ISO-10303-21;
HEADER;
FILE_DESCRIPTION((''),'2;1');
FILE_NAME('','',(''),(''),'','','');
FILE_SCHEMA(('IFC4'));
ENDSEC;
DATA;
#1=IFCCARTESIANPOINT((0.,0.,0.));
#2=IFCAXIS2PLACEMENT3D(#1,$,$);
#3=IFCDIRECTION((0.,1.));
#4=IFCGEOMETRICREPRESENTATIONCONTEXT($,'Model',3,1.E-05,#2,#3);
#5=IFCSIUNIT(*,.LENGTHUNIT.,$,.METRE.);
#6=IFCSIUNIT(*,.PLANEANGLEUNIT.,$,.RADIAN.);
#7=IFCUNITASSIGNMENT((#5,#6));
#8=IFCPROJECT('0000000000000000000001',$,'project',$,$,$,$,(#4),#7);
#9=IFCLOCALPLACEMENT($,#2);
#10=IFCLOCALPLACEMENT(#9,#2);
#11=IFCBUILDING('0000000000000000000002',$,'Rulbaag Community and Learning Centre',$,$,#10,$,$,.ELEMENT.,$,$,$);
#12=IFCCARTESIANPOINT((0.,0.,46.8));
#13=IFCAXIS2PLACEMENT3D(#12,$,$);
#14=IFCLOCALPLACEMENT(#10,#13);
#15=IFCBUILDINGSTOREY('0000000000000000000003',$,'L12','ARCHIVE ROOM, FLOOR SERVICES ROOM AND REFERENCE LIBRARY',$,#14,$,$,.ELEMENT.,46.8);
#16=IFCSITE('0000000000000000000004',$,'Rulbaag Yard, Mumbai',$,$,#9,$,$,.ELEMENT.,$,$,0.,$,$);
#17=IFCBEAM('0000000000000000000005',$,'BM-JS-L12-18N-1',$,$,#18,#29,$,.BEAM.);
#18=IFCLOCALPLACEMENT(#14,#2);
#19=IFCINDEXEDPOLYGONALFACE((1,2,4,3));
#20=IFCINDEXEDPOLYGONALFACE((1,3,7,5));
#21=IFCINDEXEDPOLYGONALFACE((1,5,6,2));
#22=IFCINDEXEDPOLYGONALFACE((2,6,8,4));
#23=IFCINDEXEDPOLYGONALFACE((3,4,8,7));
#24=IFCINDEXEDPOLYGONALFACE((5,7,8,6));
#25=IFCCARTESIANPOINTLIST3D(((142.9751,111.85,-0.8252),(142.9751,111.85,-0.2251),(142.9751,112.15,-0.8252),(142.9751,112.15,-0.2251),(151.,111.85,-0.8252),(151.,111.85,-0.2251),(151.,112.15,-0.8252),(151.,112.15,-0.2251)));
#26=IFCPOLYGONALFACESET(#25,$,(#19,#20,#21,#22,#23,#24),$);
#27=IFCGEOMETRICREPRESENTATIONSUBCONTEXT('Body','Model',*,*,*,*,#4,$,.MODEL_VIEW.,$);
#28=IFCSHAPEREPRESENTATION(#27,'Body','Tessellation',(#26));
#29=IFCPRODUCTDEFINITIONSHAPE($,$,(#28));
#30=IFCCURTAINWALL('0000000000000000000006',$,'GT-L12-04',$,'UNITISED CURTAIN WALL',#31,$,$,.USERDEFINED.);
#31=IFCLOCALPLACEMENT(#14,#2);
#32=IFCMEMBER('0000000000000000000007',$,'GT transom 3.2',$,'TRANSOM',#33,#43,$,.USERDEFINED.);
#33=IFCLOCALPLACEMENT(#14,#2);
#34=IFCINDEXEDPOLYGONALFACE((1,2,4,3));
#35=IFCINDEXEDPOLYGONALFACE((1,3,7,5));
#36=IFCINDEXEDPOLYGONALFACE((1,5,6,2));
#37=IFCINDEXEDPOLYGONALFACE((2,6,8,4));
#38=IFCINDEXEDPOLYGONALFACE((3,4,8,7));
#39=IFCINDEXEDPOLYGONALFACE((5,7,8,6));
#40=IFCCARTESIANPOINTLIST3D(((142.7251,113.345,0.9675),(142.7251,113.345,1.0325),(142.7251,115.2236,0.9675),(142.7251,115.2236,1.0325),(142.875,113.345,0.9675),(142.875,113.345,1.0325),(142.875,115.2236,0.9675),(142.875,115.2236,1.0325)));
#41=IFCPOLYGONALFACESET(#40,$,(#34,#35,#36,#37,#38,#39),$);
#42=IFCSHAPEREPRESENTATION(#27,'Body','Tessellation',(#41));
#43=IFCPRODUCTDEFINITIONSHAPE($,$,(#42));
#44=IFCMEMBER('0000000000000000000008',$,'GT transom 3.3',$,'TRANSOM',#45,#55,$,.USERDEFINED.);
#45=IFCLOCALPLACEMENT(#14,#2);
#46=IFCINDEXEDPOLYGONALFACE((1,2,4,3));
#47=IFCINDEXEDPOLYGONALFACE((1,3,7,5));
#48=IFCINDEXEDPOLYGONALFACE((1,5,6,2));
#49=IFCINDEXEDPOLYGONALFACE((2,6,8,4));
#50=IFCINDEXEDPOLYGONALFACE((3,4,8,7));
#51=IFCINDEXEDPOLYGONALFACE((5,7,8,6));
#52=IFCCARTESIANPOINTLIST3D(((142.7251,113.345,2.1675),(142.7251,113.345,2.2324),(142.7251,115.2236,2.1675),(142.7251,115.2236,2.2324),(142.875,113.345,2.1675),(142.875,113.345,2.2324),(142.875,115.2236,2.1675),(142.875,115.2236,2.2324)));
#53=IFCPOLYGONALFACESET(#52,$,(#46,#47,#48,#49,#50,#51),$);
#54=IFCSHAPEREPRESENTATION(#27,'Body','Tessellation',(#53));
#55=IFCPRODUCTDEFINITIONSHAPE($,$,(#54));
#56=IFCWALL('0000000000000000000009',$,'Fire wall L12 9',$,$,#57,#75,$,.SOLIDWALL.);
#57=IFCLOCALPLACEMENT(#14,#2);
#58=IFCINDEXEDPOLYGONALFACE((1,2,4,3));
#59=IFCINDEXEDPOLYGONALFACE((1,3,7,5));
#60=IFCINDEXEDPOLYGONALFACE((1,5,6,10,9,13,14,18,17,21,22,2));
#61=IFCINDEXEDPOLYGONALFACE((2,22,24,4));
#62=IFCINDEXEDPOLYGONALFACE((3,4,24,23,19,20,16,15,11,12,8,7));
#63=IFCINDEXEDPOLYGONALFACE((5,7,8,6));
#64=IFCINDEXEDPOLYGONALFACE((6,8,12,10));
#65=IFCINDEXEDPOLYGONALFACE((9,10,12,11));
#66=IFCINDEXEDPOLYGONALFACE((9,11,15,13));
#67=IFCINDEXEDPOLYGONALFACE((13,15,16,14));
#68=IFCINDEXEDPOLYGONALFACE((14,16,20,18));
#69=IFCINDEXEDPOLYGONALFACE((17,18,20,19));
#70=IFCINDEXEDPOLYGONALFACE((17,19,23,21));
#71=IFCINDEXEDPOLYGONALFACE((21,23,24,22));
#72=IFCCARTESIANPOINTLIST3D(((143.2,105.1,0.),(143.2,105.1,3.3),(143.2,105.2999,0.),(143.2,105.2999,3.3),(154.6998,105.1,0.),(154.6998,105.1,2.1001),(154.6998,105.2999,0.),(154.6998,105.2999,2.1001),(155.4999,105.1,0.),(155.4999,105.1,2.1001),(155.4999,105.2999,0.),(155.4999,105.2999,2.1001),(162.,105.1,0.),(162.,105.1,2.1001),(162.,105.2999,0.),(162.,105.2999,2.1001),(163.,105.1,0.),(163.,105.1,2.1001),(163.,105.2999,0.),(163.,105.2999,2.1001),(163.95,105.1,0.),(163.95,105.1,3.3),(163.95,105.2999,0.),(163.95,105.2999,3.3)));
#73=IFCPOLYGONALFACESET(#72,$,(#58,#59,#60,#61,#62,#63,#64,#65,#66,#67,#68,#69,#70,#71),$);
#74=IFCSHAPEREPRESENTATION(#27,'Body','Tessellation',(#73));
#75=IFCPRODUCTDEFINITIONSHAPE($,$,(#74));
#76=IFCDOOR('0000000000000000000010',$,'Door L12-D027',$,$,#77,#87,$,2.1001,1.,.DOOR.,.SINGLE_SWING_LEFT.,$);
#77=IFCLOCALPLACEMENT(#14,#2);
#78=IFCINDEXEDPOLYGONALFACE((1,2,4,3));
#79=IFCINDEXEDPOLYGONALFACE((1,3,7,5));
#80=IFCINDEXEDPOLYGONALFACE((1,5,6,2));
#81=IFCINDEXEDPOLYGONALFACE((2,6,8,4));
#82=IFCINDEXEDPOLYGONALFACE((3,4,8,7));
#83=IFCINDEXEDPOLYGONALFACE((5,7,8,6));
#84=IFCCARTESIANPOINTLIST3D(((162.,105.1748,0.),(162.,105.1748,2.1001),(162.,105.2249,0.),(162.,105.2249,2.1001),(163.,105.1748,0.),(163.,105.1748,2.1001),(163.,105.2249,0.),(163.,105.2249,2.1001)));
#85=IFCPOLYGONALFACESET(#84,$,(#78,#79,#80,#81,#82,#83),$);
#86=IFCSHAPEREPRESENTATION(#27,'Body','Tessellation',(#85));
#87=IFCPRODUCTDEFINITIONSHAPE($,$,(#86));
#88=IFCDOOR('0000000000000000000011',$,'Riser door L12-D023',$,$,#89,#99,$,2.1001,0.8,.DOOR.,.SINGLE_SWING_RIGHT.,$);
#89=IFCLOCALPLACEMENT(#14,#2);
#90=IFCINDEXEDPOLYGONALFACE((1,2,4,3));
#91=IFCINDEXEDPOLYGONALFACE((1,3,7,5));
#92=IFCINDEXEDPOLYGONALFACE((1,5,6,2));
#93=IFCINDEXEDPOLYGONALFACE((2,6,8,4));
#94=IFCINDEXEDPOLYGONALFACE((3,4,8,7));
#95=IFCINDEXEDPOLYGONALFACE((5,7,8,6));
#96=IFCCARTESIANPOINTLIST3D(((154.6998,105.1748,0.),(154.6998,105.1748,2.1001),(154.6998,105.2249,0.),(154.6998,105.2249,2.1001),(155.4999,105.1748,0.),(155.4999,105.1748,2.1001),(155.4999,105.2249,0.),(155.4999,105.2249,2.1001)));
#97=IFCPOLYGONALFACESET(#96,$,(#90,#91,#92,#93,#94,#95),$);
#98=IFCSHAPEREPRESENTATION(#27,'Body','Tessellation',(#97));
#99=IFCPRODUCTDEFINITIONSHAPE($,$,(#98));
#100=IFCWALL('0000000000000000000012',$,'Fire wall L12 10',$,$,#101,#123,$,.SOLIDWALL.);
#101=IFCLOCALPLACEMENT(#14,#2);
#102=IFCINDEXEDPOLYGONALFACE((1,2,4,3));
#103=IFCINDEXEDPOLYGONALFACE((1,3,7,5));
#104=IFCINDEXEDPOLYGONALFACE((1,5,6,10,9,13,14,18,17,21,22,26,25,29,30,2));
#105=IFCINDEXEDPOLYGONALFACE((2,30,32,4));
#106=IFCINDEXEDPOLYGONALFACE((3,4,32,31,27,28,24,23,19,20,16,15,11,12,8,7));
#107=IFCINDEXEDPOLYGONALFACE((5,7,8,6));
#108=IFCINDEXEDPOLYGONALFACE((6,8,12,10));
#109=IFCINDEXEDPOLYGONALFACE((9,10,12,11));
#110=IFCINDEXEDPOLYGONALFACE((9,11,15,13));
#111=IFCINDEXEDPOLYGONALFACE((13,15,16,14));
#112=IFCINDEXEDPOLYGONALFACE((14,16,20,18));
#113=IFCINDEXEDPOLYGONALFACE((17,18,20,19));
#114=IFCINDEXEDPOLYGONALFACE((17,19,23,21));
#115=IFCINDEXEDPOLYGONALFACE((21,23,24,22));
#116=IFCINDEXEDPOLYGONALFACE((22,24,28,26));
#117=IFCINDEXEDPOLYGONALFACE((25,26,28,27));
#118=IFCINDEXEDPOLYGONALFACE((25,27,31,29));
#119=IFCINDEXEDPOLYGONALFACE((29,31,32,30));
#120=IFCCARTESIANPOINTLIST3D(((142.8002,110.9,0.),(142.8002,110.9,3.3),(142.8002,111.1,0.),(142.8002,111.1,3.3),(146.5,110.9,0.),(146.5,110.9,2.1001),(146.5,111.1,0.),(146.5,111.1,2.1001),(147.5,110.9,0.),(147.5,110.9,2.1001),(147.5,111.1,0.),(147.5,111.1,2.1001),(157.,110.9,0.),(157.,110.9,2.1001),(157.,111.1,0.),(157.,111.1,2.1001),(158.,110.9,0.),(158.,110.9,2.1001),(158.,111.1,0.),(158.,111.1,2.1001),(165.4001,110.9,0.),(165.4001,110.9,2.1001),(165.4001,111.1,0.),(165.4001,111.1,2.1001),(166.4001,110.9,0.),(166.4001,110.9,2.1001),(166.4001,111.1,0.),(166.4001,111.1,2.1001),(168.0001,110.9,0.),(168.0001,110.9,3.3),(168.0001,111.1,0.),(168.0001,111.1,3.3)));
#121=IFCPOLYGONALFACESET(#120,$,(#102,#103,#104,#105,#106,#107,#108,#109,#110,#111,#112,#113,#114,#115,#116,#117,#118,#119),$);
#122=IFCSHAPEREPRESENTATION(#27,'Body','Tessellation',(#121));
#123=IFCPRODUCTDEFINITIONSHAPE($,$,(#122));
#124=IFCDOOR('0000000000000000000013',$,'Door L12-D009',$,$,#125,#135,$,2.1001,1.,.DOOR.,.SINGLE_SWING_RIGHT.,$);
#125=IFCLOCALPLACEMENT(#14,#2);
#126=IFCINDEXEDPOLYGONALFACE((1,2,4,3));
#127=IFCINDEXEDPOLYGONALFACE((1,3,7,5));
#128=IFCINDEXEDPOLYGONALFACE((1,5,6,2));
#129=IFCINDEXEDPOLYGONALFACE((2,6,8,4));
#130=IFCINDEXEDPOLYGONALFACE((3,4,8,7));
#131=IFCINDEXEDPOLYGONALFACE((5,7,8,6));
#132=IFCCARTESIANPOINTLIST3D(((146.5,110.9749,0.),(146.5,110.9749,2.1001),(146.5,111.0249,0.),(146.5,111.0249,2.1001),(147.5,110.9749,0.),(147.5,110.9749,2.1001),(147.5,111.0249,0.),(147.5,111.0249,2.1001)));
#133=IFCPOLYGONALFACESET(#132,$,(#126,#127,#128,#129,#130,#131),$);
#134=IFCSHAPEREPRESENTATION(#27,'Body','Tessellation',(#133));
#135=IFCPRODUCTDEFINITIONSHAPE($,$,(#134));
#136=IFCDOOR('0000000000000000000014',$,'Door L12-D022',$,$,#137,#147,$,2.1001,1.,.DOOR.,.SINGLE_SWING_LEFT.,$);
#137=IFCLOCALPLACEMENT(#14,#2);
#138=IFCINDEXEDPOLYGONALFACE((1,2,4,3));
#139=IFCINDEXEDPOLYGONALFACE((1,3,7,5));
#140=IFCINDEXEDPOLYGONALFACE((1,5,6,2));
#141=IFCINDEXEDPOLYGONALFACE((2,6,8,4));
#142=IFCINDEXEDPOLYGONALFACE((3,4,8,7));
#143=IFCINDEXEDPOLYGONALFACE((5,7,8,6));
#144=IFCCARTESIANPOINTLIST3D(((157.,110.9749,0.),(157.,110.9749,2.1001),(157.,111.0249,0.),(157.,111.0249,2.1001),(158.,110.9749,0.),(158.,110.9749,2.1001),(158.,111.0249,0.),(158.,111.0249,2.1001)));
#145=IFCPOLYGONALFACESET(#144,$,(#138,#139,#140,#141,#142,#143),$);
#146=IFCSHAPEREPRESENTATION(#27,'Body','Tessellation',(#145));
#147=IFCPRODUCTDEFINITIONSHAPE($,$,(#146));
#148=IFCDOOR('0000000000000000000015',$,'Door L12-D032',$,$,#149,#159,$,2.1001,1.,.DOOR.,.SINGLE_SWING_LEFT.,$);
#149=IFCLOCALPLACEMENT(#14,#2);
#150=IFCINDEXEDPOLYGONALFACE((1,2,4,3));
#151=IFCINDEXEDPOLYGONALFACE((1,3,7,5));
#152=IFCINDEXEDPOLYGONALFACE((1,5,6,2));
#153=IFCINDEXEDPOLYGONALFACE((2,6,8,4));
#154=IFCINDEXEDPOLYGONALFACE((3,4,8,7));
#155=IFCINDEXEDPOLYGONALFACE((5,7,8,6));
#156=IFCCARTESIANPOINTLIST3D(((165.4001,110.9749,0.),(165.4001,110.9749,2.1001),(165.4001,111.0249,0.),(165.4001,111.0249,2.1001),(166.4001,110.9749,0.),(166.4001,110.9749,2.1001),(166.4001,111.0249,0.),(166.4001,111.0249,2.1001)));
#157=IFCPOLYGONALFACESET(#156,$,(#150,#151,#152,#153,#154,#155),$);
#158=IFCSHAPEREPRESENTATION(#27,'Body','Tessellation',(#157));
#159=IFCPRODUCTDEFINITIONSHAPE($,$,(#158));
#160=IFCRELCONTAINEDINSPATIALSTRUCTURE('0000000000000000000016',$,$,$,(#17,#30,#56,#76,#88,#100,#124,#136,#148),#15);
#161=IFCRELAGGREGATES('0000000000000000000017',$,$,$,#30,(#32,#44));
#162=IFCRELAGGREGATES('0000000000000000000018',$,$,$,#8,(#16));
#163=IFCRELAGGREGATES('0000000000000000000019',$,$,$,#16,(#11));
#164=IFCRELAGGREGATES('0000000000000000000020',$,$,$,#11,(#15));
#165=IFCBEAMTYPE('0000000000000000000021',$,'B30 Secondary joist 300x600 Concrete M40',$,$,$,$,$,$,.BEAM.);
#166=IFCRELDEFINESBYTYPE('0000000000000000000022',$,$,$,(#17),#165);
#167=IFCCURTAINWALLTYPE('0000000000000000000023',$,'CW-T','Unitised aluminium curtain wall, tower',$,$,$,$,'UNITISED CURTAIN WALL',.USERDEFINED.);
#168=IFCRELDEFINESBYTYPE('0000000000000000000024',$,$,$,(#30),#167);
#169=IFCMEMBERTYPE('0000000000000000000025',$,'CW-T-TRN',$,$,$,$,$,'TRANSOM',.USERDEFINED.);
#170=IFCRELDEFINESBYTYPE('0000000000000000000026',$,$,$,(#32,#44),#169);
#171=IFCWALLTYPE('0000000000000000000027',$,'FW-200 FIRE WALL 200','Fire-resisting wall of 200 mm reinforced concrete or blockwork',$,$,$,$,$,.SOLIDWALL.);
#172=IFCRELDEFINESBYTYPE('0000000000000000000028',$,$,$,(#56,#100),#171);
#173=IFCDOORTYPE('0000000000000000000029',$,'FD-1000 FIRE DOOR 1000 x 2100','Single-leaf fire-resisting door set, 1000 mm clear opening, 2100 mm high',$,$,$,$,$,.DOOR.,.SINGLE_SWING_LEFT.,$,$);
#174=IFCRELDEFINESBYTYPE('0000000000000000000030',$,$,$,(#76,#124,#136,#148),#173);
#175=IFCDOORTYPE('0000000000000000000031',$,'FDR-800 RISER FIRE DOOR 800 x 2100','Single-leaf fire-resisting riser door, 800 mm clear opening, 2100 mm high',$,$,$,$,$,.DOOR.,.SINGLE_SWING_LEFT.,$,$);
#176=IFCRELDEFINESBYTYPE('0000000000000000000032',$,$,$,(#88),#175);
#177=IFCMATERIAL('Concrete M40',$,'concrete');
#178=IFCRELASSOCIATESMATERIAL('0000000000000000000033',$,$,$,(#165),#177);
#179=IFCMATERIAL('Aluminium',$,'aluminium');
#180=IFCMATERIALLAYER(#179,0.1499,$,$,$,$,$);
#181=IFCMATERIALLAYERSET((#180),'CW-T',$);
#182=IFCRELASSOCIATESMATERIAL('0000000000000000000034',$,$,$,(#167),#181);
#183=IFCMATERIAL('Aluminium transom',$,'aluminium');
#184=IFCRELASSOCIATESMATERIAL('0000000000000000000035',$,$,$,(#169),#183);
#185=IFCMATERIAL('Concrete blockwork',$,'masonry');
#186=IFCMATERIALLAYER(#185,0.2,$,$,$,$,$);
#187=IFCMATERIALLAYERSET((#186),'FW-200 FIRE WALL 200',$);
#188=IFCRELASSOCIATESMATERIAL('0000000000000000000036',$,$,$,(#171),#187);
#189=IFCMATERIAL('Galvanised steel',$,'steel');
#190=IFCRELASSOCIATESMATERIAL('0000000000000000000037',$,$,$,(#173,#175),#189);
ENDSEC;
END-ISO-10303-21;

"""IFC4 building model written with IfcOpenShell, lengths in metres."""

from ifc_helpers import new_model, si_unit, direction, frame, frame_2d, origin, origin_2d, place, context, subcontext, project, spatial, rectangle, extrude, material, layer, layer_set, material_profile, profile_set, type_object, element, fill, aggregate, save


model = new_model("IFC4")

# Units and contexts
model_context = context("Model", 3, precision=1e-05, world=origin(), true_north=direction((0.0, 1.0)))
body_context = subcontext(model_context, "Body", "Model", "MODEL_VIEW")
ifc_project = project(units=[si_unit("LENGTHUNIT", "METRE"), si_unit("PLANEANGLEUNIT", "RADIAN")], contexts=[model_context])

# Site, building, storey
site_placement = place(None, origin())
site = spatial("IfcSite", under=ifc_project, at=site_placement, Name="Rulbaag Yard, Mumbai", CompositionType="ELEMENT", RefElevation=0.0)
building_placement = place(site_placement, origin())
building = spatial("IfcBuilding", under=site, at=building_placement, Name="Rulbaag Community and Learning Centre", CompositionType="ELEMENT")
storey_placement = place(building_placement, frame((0.0, 0.0, 46.8)))
storey = spatial("IfcBuildingStorey", under=building, at=storey_placement, Name="L12", Description="ARCHIVE ROOM, FLOOR SERVICES ROOM AND REFERENCE LIBRARY", CompositionType="ELEMENT", Elevation=46.8)

# Beam
ifc_material_1 = material(Name="Concrete M40", Category="concrete")
ifc_material_profile_1 = material_profile(ifc_material_1, rectangle(XDim=0.3, YDim=0.6001, at=origin_2d()), Name="RB300x600")
ifc_profile_set_1 = profile_set([ifc_material_profile_1], Name="Concrete M40")
beam_type = type_object("IfcBeamType", Name="B30 Secondary joist 300x600 Concrete M40", PredefinedType="BEAM", material=ifc_profile_set_1)
beam_placement = place(storey_placement, frame((142.9751, 112.0, -0.5251), z_axis=(1.0, 0.0, 0.0), x_axis=(0.0, 1.0, 0.0)))
element("IfcBeam", 1, at=beam_placement, inside=storey, type_object=beam_type, Name="BM-JS-L12-18N-1", PredefinedType="BEAM", context=body_context, shape_type="SweptSolid", body=[
    extrude(rectangle(XDim=0.3, YDim=0.6001, at=origin_2d()), origin(), (0.0, 0.0, 1.0), 8.0249),
])

# Curtain wall, members
ifc_material_2 = material(Name="Aluminium", Category="aluminium")
ifc_layer_1 = layer(ifc_material_2, 0.1499)
ifc_layer_set_1 = layer_set([ifc_layer_1], Name="CW-T")
curtain_wall_type = type_object("IfcCurtainWallType", Name="CW-T", Description="Unitised aluminium curtain wall, tower", ElementType="UNITISED CURTAIN WALL", PredefinedType="USERDEFINED", material=ifc_layer_set_1)
curtain_wall_placement = place(storey_placement, origin())
curtain_wall = element("IfcCurtainWall", 2, at=curtain_wall_placement, inside=storey, type_object=curtain_wall_type, Name="GT-L12-04", ObjectType="UNITISED CURTAIN WALL", PredefinedType="USERDEFINED")
ifc_material_3 = material(Name="Aluminium transom", Category="aluminium")
ifc_material_profile_2 = material_profile(ifc_material_3, rectangle(XDim=0.1499, YDim=0.0649, at=origin_2d()), Name="AL 65x150 T")
ifc_profile_set_2 = profile_set([ifc_material_profile_2], Name="Aluminium transom")
member_type = type_object("IfcMemberType", Name="CW-T-TRN", ElementType="TRANSOM", PredefinedType="USERDEFINED", material=ifc_profile_set_2)
member_1_placement = place(storey_placement, frame((142.8, 113.345, 1.0), z_axis=(0.0, 1.0, 0.0), x_axis=(-1.0, 0.0, 0.0)))
member_1 = element("IfcMember", 3, at=member_1_placement, type_object=member_type, Name="GT transom 3.2", ObjectType="TRANSOM", PredefinedType="USERDEFINED", context=body_context, shape_type="SweptSolid", body=[
    extrude(rectangle(XDim=0.1499, YDim=0.0649, at=origin_2d()), origin(), (0.0, 0.0, 1.0), 1.8787),
])
member_2_placement = place(storey_placement, frame((142.8, 113.345, 2.2), z_axis=(0.0, 1.0, 0.0), x_axis=(-1.0, 0.0, 0.0)))
member_2 = element("IfcMember", 4, at=member_2_placement, type_object=member_type, Name="GT transom 3.3", ObjectType="TRANSOM", PredefinedType="USERDEFINED", context=body_context, shape_type="SweptSolid", body=[
    extrude(rectangle(XDim=0.1499, YDim=0.0649, at=origin_2d()), origin(), (0.0, 0.0, 1.0), 1.8787),
])
aggregate(curtain_wall, [member_1, member_2])

# Walls, openings, doors
ifc_material_4 = material(Name="Concrete blockwork", Category="masonry")
ifc_layer_2 = layer(ifc_material_4, 0.2)
ifc_layer_set_2 = layer_set([ifc_layer_2], Name="FW-200 FIRE WALL 200")
wall_type_1 = type_object("IfcWallType", Name="FW-200 FIRE WALL 200", Description="Fire-resisting wall of 200 mm reinforced concrete or blockwork", PredefinedType="SOLIDWALL", material=ifc_layer_set_2)
wall_1_placement = place(storey_placement, frame((143.2, 105.2, 0.0), z_axis=(0.0, 0.0, 1.0), x_axis=(1.0, 0.0, 0.0)))
wall_1 = element("IfcWall", 5, at=wall_1_placement, inside=storey, type_object=wall_type_1, Name="Fire wall L12 9", PredefinedType="SOLIDWALL", context=body_context, shape_type="SweptSolid", body=[
    extrude(rectangle(XDim=20.75, YDim=0.2, at=frame_2d((10.375, 0.0))), origin(), (0.0, 0.0, 1.0), 3.3),
])
opening_1_placement = place(wall_1_placement, frame((11.5, 0.0, 0.0)))
opening_1 = element("IfcOpeningElement", 6, at=opening_1_placement, cuts=wall_1, PredefinedType="OPENING", context=body_context, shape_type="SweptSolid", body=[
    extrude(rectangle(XDim=0.8, YDim=2.1001, at=frame_2d((0.3999, 1.05))), frame((0.0, 0.1099, 0.0), z_axis=(0.0, -1.0, 0.0), x_axis=(1.0, 0.0, 0.0)), (0.0, 0.0, 1.0), 0.22),
])
opening_2_placement = place(wall_1_placement, frame((18.8, 0.0, 0.0)))
opening_2 = element("IfcOpeningElement", 7, at=opening_2_placement, cuts=wall_1, PredefinedType="OPENING", context=body_context, shape_type="SweptSolid", body=[
    extrude(rectangle(XDim=1.0, YDim=2.1001, at=frame_2d((0.5, 1.05))), frame((0.0, 0.1099, 0.0), z_axis=(0.0, -1.0, 0.0), x_axis=(1.0, 0.0, 0.0)), (0.0, 0.0, 1.0), 0.22),
])
ifc_material_5 = material(Name="Galvanised steel", Category="steel")
door_type_1 = type_object("IfcDoorType", Name="FD-1000 FIRE DOOR 1000 x 2100", Description="Single-leaf fire-resisting door set, 1000 mm clear opening, 2100 mm high", OperationType="SINGLE_SWING_LEFT", PredefinedType="DOOR", material=ifc_material_5)
door_1_placement = place(opening_2_placement, origin())
door_1 = element("IfcDoor", 8, at=door_1_placement, inside=storey, type_object=door_type_1, Name="Door L12-D027", OperationType="SINGLE_SWING_LEFT", OverallHeight=2.1001, OverallWidth=1.0, PredefinedType="DOOR", context=body_context, shape_type="SweptSolid", body=[
    extrude(rectangle(XDim=1.0, YDim=2.1001, at=frame_2d((0.5, 1.05))), frame((0.0, 0.0249, 0.0), z_axis=(0.0, -1.0, 0.0), x_axis=(1.0, 0.0, 0.0)), (0.0, 0.0, 1.0), 0.05),
])
fill(opening_2, door_1)
door_type_2 = type_object("IfcDoorType", Name="FDR-800 RISER FIRE DOOR 800 x 2100", Description="Single-leaf fire-resisting riser door, 800 mm clear opening, 2100 mm high", OperationType="SINGLE_SWING_LEFT", PredefinedType="DOOR", material=ifc_material_5)
door_2_placement = place(opening_1_placement, origin())
door_2 = element("IfcDoor", 9, at=door_2_placement, inside=storey, type_object=door_type_2, Name="Riser door L12-D023", OperationType="SINGLE_SWING_RIGHT", OverallHeight=2.1001, OverallWidth=0.8, PredefinedType="DOOR", context=body_context, shape_type="SweptSolid", body=[
    extrude(rectangle(XDim=0.8, YDim=2.1001, at=frame_2d((0.3999, 1.05))), frame((0.0, 0.0249, 0.0), z_axis=(0.0, -1.0, 0.0), x_axis=(1.0, 0.0, 0.0)), (0.0, 0.0, 1.0), 0.05),
])
fill(opening_1, door_2)
wall_2_placement = place(storey_placement, frame((142.8, 111.0, 0.0), z_axis=(0.0, 0.0, 1.0), x_axis=(1.0, 0.0, 0.0)))
wall_2 = element("IfcWall", 10, at=wall_2_placement, inside=storey, type_object=wall_type_1, Name="Fire wall L12 10", PredefinedType="SOLIDWALL", context=body_context, shape_type="SweptSolid", body=[
    extrude(rectangle(XDim=25.2, YDim=0.2, at=frame_2d((12.6001, 0.0))), origin(), (0.0, 0.0, 1.0), 3.3),
])
opening_3_placement = place(wall_2_placement, frame((3.7, 0.0, 0.0)))
opening_3 = element("IfcOpeningElement", 11, at=opening_3_placement, cuts=wall_2, PredefinedType="OPENING", context=body_context, shape_type="SweptSolid", body=[
    extrude(rectangle(XDim=1.0, YDim=2.1001, at=frame_2d((0.5, 1.05))), frame((0.0, 0.1099, 0.0), z_axis=(0.0, -1.0, 0.0), x_axis=(1.0, 0.0, 0.0)), (0.0, 0.0, 1.0), 0.22),
])
opening_4_placement = place(wall_2_placement, frame((14.2, 0.0, 0.0)))
opening_4 = element("IfcOpeningElement", 12, at=opening_4_placement, cuts=wall_2, PredefinedType="OPENING", context=body_context, shape_type="SweptSolid", body=[
    extrude(rectangle(XDim=1.0, YDim=2.1001, at=frame_2d((0.5, 1.05))), frame((0.0, 0.1099, 0.0), z_axis=(0.0, -1.0, 0.0), x_axis=(1.0, 0.0, 0.0)), (0.0, 0.0, 1.0), 0.22),
])
opening_5_placement = place(wall_2_placement, frame((22.6001, 0.0, 0.0)))
opening_5 = element("IfcOpeningElement", 13, at=opening_5_placement, cuts=wall_2, PredefinedType="OPENING", context=body_context, shape_type="SweptSolid", body=[
    extrude(rectangle(XDim=1.0, YDim=2.1001, at=frame_2d((0.5, 1.05))), frame((0.0, 0.1099, 0.0), z_axis=(0.0, -1.0, 0.0), x_axis=(1.0, 0.0, 0.0)), (0.0, 0.0, 1.0), 0.22),
])
door_3_placement = place(opening_3_placement, origin())
door_3 = element("IfcDoor", 14, at=door_3_placement, inside=storey, type_object=door_type_1, Name="Door L12-D009", OperationType="SINGLE_SWING_RIGHT", OverallHeight=2.1001, OverallWidth=1.0, PredefinedType="DOOR", context=body_context, shape_type="SweptSolid", body=[
    extrude(rectangle(XDim=1.0, YDim=2.1001, at=frame_2d((0.5, 1.05))), frame((0.0, 0.0249, 0.0), z_axis=(0.0, -1.0, 0.0), x_axis=(1.0, 0.0, 0.0)), (0.0, 0.0, 1.0), 0.05),
])
fill(opening_3, door_3)
door_4_placement = place(opening_4_placement, origin())
door_4 = element("IfcDoor", 15, at=door_4_placement, inside=storey, type_object=door_type_1, Name="Door L12-D022", OperationType="SINGLE_SWING_LEFT", OverallHeight=2.1001, OverallWidth=1.0, PredefinedType="DOOR", context=body_context, shape_type="SweptSolid", body=[
    extrude(rectangle(XDim=1.0, YDim=2.1001, at=frame_2d((0.5, 1.05))), frame((0.0, 0.0249, 0.0), z_axis=(0.0, -1.0, 0.0), x_axis=(1.0, 0.0, 0.0)), (0.0, 0.0, 1.0), 0.05),
])
fill(opening_4, door_4)
door_5_placement = place(opening_5_placement, origin())
door_5 = element("IfcDoor", 16, at=door_5_placement, inside=storey, type_object=door_type_1, Name="Door L12-D032", OperationType="SINGLE_SWING_LEFT", OverallHeight=2.1001, OverallWidth=1.0, PredefinedType="DOOR", context=body_context, shape_type="SweptSolid", body=[
    extrude(rectangle(XDim=1.0, YDim=2.1001, at=frame_2d((0.5, 1.05))), frame((0.0, 0.0249, 0.0), z_axis=(0.0, -1.0, 0.0), x_axis=(1.0, 0.0, 0.0)), (0.0, 0.0, 1.0), 0.05),
])
fill(opening_5, door_5)

save(model, "model.ifc")
